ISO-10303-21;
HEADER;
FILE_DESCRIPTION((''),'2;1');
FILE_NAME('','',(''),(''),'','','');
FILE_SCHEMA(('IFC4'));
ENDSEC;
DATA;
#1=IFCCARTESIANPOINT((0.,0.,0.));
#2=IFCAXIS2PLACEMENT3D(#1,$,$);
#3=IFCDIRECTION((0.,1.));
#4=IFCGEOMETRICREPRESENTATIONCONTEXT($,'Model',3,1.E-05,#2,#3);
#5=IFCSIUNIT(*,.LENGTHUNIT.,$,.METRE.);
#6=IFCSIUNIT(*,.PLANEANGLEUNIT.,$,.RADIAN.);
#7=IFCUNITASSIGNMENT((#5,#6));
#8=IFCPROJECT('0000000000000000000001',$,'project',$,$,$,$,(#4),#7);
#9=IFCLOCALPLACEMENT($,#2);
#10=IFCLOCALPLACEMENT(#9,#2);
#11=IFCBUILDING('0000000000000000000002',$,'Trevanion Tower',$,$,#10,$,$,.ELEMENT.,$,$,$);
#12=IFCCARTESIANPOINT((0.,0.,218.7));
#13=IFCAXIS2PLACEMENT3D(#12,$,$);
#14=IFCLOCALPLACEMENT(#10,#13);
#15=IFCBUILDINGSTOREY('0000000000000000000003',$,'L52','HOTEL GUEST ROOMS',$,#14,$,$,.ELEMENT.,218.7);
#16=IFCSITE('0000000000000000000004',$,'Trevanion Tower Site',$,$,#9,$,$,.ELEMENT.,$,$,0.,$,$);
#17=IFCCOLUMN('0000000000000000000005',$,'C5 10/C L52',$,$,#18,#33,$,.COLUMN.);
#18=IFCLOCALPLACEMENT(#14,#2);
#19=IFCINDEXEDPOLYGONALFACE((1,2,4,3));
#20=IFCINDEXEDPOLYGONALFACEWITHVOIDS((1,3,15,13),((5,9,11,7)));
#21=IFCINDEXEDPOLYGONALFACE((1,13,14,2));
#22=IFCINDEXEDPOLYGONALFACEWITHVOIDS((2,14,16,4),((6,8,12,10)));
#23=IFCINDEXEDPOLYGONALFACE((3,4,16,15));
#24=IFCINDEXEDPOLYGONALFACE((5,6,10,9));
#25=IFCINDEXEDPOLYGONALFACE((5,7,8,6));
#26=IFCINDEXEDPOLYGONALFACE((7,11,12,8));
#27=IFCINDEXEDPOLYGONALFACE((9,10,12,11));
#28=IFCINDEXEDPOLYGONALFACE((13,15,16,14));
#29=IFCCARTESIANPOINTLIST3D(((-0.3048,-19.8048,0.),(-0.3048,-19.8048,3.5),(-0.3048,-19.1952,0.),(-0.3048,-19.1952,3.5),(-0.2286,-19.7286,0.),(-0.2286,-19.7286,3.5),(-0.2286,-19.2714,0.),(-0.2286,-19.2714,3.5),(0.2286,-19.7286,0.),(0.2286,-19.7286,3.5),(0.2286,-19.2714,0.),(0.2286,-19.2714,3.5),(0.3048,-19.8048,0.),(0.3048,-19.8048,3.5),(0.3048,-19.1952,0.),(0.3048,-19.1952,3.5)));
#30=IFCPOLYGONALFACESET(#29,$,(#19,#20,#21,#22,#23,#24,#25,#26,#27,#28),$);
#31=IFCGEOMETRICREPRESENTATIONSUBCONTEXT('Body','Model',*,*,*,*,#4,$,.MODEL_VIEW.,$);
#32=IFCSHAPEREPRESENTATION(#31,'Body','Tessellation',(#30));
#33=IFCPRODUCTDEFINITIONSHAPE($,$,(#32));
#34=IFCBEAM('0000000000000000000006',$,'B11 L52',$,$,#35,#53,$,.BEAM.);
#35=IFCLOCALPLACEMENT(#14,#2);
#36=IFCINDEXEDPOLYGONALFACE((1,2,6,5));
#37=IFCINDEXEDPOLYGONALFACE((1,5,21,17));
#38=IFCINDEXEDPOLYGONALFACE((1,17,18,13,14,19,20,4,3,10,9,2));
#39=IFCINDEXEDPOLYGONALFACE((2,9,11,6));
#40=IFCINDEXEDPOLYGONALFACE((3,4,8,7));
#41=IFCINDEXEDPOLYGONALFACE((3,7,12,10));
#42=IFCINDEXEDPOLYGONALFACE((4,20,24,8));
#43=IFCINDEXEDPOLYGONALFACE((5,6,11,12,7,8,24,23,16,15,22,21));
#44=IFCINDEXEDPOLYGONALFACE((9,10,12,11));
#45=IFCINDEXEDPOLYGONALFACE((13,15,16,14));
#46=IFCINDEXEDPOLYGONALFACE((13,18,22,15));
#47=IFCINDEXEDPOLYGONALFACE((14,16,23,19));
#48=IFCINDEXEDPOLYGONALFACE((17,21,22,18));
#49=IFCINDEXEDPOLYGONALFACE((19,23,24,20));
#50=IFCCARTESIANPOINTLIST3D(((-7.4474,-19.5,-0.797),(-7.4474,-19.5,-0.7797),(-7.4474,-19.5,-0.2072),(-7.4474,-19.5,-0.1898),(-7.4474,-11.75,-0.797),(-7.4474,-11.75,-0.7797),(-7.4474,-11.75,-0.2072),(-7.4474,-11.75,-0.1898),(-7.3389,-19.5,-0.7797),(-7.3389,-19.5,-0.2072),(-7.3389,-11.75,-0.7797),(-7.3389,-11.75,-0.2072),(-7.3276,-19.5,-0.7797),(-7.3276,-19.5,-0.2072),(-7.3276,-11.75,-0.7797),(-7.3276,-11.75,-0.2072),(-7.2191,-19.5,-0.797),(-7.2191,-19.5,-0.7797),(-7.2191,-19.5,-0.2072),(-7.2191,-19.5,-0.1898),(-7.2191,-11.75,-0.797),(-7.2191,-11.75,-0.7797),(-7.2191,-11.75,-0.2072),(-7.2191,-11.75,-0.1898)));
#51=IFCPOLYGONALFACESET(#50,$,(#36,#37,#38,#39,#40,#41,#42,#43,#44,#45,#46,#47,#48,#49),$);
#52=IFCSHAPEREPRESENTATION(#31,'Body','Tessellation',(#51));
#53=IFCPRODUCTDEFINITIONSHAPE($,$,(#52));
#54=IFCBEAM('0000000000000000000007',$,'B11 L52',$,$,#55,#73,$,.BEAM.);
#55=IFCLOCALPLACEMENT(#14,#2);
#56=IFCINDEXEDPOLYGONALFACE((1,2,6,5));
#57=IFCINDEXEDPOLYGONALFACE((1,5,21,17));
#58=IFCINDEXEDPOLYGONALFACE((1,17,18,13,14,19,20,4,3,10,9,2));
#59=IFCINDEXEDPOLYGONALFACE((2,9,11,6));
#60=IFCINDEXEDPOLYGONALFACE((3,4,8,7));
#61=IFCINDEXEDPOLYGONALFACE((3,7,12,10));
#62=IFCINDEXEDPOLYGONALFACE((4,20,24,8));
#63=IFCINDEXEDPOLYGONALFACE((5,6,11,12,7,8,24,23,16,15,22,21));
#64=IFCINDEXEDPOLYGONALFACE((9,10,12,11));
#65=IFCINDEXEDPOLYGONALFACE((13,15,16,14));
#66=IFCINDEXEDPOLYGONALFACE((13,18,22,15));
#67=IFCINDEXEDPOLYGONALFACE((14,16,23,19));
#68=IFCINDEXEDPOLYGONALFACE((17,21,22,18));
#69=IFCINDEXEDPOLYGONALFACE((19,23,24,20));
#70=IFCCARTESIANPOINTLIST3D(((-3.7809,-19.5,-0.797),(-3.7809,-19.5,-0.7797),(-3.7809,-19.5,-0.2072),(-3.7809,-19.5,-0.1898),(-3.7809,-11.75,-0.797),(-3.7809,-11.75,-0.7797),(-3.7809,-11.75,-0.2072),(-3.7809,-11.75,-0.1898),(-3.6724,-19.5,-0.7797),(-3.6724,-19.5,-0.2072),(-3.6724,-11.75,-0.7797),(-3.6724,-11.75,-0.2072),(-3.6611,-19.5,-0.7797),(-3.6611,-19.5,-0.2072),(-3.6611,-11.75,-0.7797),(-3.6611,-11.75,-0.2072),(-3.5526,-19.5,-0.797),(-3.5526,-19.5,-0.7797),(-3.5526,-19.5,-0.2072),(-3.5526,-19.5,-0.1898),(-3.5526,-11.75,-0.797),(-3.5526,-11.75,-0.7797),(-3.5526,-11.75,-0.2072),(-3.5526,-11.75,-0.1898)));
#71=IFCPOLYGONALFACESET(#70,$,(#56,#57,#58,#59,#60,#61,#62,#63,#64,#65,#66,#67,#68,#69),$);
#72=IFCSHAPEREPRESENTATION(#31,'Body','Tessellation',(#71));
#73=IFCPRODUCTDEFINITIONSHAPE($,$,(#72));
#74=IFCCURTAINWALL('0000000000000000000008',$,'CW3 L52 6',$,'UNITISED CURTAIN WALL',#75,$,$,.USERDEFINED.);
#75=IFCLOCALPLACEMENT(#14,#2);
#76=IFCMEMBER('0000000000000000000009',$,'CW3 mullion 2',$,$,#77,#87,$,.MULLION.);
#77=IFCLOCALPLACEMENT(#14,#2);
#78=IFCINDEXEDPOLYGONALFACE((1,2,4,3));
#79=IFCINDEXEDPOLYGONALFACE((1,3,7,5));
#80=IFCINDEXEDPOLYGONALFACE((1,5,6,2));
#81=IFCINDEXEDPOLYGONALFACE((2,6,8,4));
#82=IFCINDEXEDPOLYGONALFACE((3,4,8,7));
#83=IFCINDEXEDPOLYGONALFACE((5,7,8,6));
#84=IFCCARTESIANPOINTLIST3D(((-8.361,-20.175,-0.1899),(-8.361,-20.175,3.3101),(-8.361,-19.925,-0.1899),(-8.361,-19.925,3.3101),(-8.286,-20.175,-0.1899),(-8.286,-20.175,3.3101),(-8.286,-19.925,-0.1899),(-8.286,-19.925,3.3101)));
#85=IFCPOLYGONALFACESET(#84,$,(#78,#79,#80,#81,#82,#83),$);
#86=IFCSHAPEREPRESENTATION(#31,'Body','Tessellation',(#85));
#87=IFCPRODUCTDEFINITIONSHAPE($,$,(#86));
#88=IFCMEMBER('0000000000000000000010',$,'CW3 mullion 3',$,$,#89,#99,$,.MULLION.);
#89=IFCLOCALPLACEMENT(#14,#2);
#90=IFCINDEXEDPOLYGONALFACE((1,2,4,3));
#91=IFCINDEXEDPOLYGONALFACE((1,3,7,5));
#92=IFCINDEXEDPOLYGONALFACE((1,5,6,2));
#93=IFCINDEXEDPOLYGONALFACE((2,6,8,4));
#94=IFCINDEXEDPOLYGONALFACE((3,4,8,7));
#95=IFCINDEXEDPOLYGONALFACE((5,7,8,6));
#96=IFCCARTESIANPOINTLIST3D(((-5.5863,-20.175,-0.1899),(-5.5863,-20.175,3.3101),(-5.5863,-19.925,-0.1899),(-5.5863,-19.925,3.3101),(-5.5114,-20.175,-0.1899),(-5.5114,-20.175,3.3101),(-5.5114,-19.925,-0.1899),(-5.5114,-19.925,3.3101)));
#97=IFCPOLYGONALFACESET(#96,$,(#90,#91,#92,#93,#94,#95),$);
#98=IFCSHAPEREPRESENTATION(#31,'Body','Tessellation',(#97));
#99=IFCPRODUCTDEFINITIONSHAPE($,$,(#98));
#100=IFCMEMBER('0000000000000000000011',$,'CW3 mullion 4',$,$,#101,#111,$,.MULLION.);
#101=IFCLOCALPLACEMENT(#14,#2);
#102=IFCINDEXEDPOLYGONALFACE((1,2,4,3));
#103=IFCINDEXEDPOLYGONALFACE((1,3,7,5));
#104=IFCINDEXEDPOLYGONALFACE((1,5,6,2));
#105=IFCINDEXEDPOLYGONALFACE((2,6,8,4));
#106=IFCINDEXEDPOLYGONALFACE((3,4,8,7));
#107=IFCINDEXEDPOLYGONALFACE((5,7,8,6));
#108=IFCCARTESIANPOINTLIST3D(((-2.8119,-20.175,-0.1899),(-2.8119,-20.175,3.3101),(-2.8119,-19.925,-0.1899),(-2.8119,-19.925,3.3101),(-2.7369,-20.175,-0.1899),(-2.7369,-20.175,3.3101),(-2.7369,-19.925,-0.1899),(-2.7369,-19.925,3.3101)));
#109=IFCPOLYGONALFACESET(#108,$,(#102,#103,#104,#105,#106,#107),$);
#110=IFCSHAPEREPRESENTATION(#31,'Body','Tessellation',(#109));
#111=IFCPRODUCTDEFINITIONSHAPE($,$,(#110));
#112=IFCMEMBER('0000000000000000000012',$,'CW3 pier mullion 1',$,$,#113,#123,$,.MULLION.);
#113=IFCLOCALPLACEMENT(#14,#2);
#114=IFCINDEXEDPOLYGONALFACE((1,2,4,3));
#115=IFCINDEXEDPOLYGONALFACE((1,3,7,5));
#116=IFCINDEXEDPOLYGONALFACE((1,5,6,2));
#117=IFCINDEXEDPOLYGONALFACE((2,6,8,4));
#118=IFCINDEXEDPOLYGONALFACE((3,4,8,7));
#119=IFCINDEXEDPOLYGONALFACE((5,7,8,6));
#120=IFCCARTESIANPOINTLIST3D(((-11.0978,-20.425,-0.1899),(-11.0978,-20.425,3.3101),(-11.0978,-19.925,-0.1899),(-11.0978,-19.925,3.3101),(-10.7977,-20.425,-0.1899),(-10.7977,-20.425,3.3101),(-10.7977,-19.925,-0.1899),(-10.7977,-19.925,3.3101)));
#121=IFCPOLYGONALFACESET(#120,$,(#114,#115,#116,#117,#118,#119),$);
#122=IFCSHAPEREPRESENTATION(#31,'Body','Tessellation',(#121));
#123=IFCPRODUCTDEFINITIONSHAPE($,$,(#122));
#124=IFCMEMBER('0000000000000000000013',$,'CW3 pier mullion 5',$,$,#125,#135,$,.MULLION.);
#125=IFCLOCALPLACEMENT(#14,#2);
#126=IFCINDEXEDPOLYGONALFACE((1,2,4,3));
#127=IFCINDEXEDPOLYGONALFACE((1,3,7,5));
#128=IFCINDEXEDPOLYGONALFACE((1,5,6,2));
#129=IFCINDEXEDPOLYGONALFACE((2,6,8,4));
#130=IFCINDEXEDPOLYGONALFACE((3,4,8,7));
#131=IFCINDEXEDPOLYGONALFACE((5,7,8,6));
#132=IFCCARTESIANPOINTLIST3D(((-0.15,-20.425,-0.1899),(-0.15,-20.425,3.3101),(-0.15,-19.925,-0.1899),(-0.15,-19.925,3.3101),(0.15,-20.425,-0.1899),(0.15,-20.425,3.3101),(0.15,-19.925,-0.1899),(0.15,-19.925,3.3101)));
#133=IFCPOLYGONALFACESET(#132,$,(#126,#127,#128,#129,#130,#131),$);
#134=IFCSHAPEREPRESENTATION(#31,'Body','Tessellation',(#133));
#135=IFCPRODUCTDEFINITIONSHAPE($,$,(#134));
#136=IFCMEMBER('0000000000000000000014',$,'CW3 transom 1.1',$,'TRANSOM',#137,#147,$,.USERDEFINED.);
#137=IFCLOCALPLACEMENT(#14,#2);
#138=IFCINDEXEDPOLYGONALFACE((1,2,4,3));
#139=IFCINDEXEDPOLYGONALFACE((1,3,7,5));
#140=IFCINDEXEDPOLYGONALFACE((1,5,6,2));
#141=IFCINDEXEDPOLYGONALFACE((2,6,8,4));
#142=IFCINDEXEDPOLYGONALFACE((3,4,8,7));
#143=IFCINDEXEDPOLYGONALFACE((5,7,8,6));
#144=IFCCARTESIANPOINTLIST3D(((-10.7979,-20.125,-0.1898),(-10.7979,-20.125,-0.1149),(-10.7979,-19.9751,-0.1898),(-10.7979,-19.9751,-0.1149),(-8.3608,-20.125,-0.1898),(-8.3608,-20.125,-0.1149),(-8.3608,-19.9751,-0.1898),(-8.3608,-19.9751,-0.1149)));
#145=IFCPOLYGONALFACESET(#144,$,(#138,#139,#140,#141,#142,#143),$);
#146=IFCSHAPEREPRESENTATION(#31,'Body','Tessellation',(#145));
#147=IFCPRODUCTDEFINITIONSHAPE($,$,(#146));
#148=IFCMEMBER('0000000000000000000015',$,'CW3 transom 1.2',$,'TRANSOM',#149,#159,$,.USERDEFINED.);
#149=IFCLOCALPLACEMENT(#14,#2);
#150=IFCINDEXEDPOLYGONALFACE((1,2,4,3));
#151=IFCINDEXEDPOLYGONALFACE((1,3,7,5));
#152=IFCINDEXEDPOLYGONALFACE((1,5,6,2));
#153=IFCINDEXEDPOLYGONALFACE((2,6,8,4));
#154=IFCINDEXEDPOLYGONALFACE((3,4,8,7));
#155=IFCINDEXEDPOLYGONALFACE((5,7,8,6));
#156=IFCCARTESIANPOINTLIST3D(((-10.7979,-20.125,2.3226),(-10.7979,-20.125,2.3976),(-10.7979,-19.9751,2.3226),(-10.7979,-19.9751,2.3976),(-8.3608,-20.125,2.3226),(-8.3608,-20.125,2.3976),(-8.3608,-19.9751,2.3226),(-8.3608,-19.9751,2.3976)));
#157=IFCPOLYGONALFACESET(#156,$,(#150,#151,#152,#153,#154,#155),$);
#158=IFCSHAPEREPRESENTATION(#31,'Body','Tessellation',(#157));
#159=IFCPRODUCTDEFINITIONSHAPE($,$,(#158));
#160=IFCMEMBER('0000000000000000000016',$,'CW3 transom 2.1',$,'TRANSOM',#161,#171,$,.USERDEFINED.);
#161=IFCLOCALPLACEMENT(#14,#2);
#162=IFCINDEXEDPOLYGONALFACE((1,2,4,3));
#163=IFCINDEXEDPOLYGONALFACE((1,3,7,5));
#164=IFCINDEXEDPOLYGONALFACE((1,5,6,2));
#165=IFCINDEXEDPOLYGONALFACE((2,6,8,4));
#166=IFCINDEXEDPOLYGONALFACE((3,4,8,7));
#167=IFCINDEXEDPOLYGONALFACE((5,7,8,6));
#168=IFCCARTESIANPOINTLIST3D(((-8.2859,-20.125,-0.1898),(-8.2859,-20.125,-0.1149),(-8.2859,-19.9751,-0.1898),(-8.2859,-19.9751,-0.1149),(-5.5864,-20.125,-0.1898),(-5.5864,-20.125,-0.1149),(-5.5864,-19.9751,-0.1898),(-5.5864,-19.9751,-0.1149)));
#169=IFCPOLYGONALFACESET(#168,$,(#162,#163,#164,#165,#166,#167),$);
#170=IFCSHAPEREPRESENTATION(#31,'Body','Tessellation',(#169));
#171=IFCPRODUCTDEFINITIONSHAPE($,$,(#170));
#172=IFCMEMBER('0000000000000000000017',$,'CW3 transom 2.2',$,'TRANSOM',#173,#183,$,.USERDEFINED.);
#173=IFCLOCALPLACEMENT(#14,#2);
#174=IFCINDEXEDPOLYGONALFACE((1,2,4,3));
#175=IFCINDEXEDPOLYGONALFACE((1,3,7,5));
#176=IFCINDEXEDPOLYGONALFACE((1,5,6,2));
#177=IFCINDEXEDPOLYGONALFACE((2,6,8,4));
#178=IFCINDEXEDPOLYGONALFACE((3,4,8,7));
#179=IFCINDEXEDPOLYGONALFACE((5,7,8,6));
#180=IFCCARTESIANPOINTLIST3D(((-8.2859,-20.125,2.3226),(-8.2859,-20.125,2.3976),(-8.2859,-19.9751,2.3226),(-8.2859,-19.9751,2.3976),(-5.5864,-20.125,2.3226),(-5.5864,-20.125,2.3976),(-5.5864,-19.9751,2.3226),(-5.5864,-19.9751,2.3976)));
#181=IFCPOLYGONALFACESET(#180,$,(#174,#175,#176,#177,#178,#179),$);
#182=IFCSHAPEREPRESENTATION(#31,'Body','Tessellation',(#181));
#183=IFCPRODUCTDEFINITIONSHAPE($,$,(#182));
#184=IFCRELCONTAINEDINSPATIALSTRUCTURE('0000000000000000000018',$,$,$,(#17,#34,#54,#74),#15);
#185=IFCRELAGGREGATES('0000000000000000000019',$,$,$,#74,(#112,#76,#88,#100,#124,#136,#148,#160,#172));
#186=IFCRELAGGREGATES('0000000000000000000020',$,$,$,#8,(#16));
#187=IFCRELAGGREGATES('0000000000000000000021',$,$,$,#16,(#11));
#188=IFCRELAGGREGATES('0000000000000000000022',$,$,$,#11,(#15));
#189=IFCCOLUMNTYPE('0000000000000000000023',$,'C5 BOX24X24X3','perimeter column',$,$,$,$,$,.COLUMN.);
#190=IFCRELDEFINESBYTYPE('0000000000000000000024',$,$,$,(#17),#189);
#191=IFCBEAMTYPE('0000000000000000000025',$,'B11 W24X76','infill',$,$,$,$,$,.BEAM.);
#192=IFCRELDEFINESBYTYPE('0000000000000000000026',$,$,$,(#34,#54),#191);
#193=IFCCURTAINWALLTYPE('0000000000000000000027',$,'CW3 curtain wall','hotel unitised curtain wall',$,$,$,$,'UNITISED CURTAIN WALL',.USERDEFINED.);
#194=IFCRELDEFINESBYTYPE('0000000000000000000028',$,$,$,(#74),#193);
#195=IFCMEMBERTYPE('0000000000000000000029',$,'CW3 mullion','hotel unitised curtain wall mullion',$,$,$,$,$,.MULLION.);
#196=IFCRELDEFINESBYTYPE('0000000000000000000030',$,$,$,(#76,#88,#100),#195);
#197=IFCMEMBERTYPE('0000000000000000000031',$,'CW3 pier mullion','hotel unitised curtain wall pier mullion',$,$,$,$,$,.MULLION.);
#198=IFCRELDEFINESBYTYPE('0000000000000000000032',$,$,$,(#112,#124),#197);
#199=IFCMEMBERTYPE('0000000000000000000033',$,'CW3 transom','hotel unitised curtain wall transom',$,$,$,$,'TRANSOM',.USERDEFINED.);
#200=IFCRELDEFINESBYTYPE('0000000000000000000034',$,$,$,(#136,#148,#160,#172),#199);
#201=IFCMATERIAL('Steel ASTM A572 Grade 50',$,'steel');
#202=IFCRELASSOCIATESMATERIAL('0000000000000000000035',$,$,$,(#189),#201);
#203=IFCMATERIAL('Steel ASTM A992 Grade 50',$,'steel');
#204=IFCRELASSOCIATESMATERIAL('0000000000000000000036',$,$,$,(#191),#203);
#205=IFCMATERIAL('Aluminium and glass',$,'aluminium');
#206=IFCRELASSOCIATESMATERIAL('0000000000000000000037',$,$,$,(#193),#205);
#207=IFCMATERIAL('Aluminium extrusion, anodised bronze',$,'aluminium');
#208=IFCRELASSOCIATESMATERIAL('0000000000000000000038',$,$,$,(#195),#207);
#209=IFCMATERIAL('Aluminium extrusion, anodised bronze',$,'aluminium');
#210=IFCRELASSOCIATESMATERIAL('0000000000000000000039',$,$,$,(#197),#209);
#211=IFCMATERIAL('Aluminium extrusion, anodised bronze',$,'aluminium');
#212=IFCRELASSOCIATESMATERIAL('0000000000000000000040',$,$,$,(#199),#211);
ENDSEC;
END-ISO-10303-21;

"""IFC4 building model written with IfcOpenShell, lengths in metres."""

from ifc_helpers import new_model, si_unit, direction, frame, origin, origin_2d, place, context, subcontext, project, spatial, rectangle, hollow_rectangle, i_section, extrude, material, material_profile, profile_set, type_object, element, aggregate, save


model = new_model("IFC4")

# Units and contexts
model_context = context("Model", 3, precision=1e-05, world=origin(), true_north=direction((0.0, 1.0)))
body_context = subcontext(model_context, "Body", "Model", "MODEL_VIEW")
ifc_project = project(units=[si_unit("LENGTHUNIT", "METRE"), si_unit("PLANEANGLEUNIT", "RADIAN")], contexts=[model_context])

# Site, building, storey
site_placement = place(None, origin())
site = spatial("IfcSite", under=ifc_project, at=site_placement, Name="Trevanion Tower Site", CompositionType="ELEMENT", RefElevation=0.0)
building_placement = place(site_placement, origin())
building = spatial("IfcBuilding", under=site, at=building_placement, Name="Trevanion Tower", CompositionType="ELEMENT")
storey_placement = place(building_placement, frame((0.0, 0.0, 218.7)))
storey = spatial("IfcBuildingStorey", under=building, at=storey_placement, Name="L52", Description="HOTEL GUEST ROOMS", CompositionType="ELEMENT", Elevation=218.7)

# Column
ifc_material_1 = material(Name="Steel ASTM A572 Grade 50", Category="steel")
ifc_material_profile_1 = material_profile(ifc_material_1, hollow_rectangle(XDim=0.6096, YDim=0.6096, WallThickness=0.0762, at=origin_2d()), Name="BOX24X24X3")
ifc_profile_set_1 = profile_set([ifc_material_profile_1], Name="Steel ASTM A572 Grade 50")
column_type = type_object("IfcColumnType", Name="C5 BOX24X24X3", Description="perimeter column", PredefinedType="COLUMN", material=ifc_profile_set_1)
column_placement = place(storey_placement, frame((0.0, -19.5, 0.0), z_axis=(0.0, 0.0, 1.0), x_axis=(1.0, 0.0, 0.0)))
element("IfcColumn", 1, at=column_placement, inside=storey, type_object=column_type, Name="C5 10/C L52", PredefinedType="COLUMN", context=body_context, shape_type="SweptSolid", body=[
    extrude(hollow_rectangle(XDim=0.6096, YDim=0.6096, WallThickness=0.0762, at=origin_2d()), origin(), (0.0, 0.0, 1.0), 3.5),
])

# Beams
ifc_material_2 = material(Name="Steel ASTM A992 Grade 50", Category="steel")
ifc_material_profile_2 = material_profile(ifc_material_2, i_section(OverallWidth=0.2283, OverallDepth=0.6072, WebThickness=0.0112, FlangeThickness=0.0173, at=origin_2d()), Name="W24X76")
ifc_profile_set_2 = profile_set([ifc_material_profile_2], Name="Steel ASTM A992 Grade 50")
beam_type_1 = type_object("IfcBeamType", Name="B11 W24X76", Description="infill", PredefinedType="BEAM", material=ifc_profile_set_2)
for number, where, z_axis, x_axis, name in (
    (2, (-7.3333, -11.75, -0.4934), (0.0, -1.0, 0.0), (1.0, 0.0, 0.0), "B11 L52"),
    (3, (-3.6667, -11.75, -0.4934), (0.0, -1.0, 0.0), (1.0, 0.0, 0.0), "B11 L52"),
):
    element("IfcBeam", number, at=place(storey_placement, frame(where, z_axis=z_axis, x_axis=x_axis)), inside=storey, type_object=beam_type_1, Name=name, PredefinedType="BEAM", context=body_context, shape_type="SweptSolid", body=[
        extrude(i_section(OverallWidth=0.2283, OverallDepth=0.6072, WebThickness=0.0112, FlangeThickness=0.0173, at=origin_2d()), origin(), (0.0, 0.0, 1.0), 7.75),
    ])

# Curtain wall, members
ifc_material_3 = material(Name="Aluminium and glass", Category="aluminium")
curtain_wall_type = type_object("IfcCurtainWallType", Name="CW3 curtain wall", Description="hotel unitised curtain wall", ElementType="UNITISED CURTAIN WALL", PredefinedType="USERDEFINED", material=ifc_material_3)
curtain_wall_placement = place(storey_placement, origin())
curtain_wall = element("IfcCurtainWall", 4, at=curtain_wall_placement, inside=storey, type_object=curtain_wall_type, Name="CW3 L52 6", ObjectType="UNITISED CURTAIN WALL", PredefinedType="USERDEFINED")
ifc_material_4 = material(Name="Aluminium extrusion, anodised bronze", Category="aluminium")
ifc_material_profile_3 = material_profile(ifc_material_4, rectangle(XDim=0.075, YDim=0.25, at=origin_2d()), Name="CW3 mullion")
ifc_profile_set_3 = profile_set([ifc_material_profile_3], Name="Aluminium extrusion, anodised bronze")
member_type_1 = type_object("IfcMemberType", Name="CW3 mullion", Description="hotel unitised curtain wall mullion", PredefinedType="MULLION", material=ifc_profile_set_3)
member_1_placement = place(storey_placement, frame((-8.3235, -20.05, -0.1899), z_axis=(0.0, 0.0, 1.0), x_axis=(1.0, 0.0, 0.0)))
member_1 = element("IfcMember", 5, at=member_1_placement, type_object=member_type_1, Name="CW3 mullion 2", PredefinedType="MULLION", context=body_context, shape_type="SweptSolid", body=[
    extrude(rectangle(XDim=0.075, YDim=0.25, at=origin_2d()), origin(), (0.0, 0.0, 1.0), 3.5),
])
member_2_placement = place(storey_placement, frame((-5.5488, -20.05, -0.1899), z_axis=(0.0, 0.0, 1.0), x_axis=(1.0, 0.0, 0.0)))
member_2 = element("IfcMember", 6, at=member_2_placement, type_object=member_type_1, Name="CW3 mullion 3", PredefinedType="MULLION", context=body_context, shape_type="SweptSolid", body=[
    extrude(rectangle(XDim=0.075, YDim=0.25, at=origin_2d()), origin(), (0.0, 0.0, 1.0), 3.5),
])
member_3_placement = place(storey_placement, frame((-2.7744, -20.05, -0.1899), z_axis=(0.0, 0.0, 1.0), x_axis=(1.0, 0.0, 0.0)))
member_3 = element("IfcMember", 7, at=member_3_placement, type_object=member_type_1, Name="CW3 mullion 4", PredefinedType="MULLION", context=body_context, shape_type="SweptSolid", body=[
    extrude(rectangle(XDim=0.075, YDim=0.25, at=origin_2d()), origin(), (0.0, 0.0, 1.0), 3.5),
])
ifc_material_5 = material(Name="Aluminium extrusion, anodised bronze", Category="aluminium")
ifc_material_profile_4 = material_profile(ifc_material_5, rectangle(XDim=0.3, YDim=0.5, at=origin_2d()), Name="CW3 pier mullion")
ifc_profile_set_4 = profile_set([ifc_material_profile_4], Name="Aluminium extrusion, anodised bronze")
member_type_2 = type_object("IfcMemberType", Name="CW3 pier mullion", Description="hotel unitised curtain wall pier mullion", PredefinedType="MULLION", material=ifc_profile_set_4)
member_4_placement = place(storey_placement, frame((-10.9478, -20.175, -0.1899), z_axis=(0.0, 0.0, 1.0), x_axis=(1.0, 0.0, 0.0)))
member_4 = element("IfcMember", 8, at=member_4_placement, type_object=member_type_2, Name="CW3 pier mullion 1", PredefinedType="MULLION", context=body_context, shape_type="SweptSolid", body=[
    extrude(rectangle(XDim=0.3, YDim=0.5, at=origin_2d()), origin(), (0.0, 0.0, 1.0), 3.5),
])
member_5_placement = place(storey_placement, frame((0.0, -20.175, -0.1899), z_axis=(0.0, 0.0, 1.0), x_axis=(1.0, 0.0, 0.0)))
member_5 = element("IfcMember", 9, at=member_5_placement, type_object=member_type_2, Name="CW3 pier mullion 5", PredefinedType="MULLION", context=body_context, shape_type="SweptSolid", body=[
    extrude(rectangle(XDim=0.3, YDim=0.5, at=origin_2d()), origin(), (0.0, 0.0, 1.0), 3.5),
])
ifc_material_6 = material(Name="Aluminium extrusion, anodised bronze", Category="aluminium")
ifc_material_profile_5 = material_profile(ifc_material_6, rectangle(XDim=0.1499, YDim=0.075, at=origin_2d()), Name="CW3 transom")
ifc_profile_set_5 = profile_set([ifc_material_profile_5], Name="Aluminium extrusion, anodised bronze")
member_type_3 = type_object("IfcMemberType", Name="CW3 transom", Description="hotel unitised curtain wall transom", ElementType="TRANSOM", PredefinedType="USERDEFINED", material=ifc_profile_set_5)
member_6_placement = place(storey_placement, frame((-10.7979, -20.05, -0.1523), z_axis=(1.0, 0.0, 0.0), x_axis=(0.0, 1.0, 0.0)))
member_6 = element("IfcMember", 10, at=member_6_placement, type_object=member_type_3, Name="CW3 transom 1.1", ObjectType="TRANSOM", PredefinedType="USERDEFINED", context=body_context, shape_type="SweptSolid", body=[
    extrude(rectangle(XDim=0.1499, YDim=0.075, at=origin_2d()), origin(), (0.0, 0.0, 1.0), 2.437),
])
member_7_placement = place(storey_placement, frame((-10.7979, -20.05, 2.3601), z_axis=(1.0, 0.0, 0.0), x_axis=(0.0, 1.0, 0.0)))
member_7 = element("IfcMember", 11, at=member_7_placement, type_object=member_type_3, Name="CW3 transom 1.2", ObjectType="TRANSOM", PredefinedType="USERDEFINED", context=body_context, shape_type="SweptSolid", body=[
    extrude(rectangle(XDim=0.1499, YDim=0.075, at=origin_2d()), origin(), (0.0, 0.0, 1.0), 2.437),
])
member_8_placement = place(storey_placement, frame((-8.2859, -20.05, -0.1523), z_axis=(1.0, 0.0, 0.0), x_axis=(0.0, 1.0, 0.0)))
member_8 = element("IfcMember", 12, at=member_8_placement, type_object=member_type_3, Name="CW3 transom 2.1", ObjectType="TRANSOM", PredefinedType="USERDEFINED", context=body_context, shape_type="SweptSolid", body=[
    extrude(rectangle(XDim=0.1499, YDim=0.075, at=origin_2d()), origin(), (0.0, 0.0, 1.0), 2.6995),
])
member_9_placement = place(storey_placement, frame((-8.2859, -20.05, 2.3601), z_axis=(1.0, 0.0, 0.0), x_axis=(0.0, 1.0, 0.0)))
member_9 = element("IfcMember", 13, at=member_9_placement, type_object=member_type_3, Name="CW3 transom 2.2", ObjectType="TRANSOM", PredefinedType="USERDEFINED", context=body_context, shape_type="SweptSolid", body=[
    extrude(rectangle(XDim=0.1499, YDim=0.075, at=origin_2d()), origin(), (0.0, 0.0, 1.0), 2.6995),
])

aggregate(curtain_wall, [member_4, member_1, member_2, member_3, member_5, member_6, member_7, member_8, member_9])

save(model, "model.ifc")
